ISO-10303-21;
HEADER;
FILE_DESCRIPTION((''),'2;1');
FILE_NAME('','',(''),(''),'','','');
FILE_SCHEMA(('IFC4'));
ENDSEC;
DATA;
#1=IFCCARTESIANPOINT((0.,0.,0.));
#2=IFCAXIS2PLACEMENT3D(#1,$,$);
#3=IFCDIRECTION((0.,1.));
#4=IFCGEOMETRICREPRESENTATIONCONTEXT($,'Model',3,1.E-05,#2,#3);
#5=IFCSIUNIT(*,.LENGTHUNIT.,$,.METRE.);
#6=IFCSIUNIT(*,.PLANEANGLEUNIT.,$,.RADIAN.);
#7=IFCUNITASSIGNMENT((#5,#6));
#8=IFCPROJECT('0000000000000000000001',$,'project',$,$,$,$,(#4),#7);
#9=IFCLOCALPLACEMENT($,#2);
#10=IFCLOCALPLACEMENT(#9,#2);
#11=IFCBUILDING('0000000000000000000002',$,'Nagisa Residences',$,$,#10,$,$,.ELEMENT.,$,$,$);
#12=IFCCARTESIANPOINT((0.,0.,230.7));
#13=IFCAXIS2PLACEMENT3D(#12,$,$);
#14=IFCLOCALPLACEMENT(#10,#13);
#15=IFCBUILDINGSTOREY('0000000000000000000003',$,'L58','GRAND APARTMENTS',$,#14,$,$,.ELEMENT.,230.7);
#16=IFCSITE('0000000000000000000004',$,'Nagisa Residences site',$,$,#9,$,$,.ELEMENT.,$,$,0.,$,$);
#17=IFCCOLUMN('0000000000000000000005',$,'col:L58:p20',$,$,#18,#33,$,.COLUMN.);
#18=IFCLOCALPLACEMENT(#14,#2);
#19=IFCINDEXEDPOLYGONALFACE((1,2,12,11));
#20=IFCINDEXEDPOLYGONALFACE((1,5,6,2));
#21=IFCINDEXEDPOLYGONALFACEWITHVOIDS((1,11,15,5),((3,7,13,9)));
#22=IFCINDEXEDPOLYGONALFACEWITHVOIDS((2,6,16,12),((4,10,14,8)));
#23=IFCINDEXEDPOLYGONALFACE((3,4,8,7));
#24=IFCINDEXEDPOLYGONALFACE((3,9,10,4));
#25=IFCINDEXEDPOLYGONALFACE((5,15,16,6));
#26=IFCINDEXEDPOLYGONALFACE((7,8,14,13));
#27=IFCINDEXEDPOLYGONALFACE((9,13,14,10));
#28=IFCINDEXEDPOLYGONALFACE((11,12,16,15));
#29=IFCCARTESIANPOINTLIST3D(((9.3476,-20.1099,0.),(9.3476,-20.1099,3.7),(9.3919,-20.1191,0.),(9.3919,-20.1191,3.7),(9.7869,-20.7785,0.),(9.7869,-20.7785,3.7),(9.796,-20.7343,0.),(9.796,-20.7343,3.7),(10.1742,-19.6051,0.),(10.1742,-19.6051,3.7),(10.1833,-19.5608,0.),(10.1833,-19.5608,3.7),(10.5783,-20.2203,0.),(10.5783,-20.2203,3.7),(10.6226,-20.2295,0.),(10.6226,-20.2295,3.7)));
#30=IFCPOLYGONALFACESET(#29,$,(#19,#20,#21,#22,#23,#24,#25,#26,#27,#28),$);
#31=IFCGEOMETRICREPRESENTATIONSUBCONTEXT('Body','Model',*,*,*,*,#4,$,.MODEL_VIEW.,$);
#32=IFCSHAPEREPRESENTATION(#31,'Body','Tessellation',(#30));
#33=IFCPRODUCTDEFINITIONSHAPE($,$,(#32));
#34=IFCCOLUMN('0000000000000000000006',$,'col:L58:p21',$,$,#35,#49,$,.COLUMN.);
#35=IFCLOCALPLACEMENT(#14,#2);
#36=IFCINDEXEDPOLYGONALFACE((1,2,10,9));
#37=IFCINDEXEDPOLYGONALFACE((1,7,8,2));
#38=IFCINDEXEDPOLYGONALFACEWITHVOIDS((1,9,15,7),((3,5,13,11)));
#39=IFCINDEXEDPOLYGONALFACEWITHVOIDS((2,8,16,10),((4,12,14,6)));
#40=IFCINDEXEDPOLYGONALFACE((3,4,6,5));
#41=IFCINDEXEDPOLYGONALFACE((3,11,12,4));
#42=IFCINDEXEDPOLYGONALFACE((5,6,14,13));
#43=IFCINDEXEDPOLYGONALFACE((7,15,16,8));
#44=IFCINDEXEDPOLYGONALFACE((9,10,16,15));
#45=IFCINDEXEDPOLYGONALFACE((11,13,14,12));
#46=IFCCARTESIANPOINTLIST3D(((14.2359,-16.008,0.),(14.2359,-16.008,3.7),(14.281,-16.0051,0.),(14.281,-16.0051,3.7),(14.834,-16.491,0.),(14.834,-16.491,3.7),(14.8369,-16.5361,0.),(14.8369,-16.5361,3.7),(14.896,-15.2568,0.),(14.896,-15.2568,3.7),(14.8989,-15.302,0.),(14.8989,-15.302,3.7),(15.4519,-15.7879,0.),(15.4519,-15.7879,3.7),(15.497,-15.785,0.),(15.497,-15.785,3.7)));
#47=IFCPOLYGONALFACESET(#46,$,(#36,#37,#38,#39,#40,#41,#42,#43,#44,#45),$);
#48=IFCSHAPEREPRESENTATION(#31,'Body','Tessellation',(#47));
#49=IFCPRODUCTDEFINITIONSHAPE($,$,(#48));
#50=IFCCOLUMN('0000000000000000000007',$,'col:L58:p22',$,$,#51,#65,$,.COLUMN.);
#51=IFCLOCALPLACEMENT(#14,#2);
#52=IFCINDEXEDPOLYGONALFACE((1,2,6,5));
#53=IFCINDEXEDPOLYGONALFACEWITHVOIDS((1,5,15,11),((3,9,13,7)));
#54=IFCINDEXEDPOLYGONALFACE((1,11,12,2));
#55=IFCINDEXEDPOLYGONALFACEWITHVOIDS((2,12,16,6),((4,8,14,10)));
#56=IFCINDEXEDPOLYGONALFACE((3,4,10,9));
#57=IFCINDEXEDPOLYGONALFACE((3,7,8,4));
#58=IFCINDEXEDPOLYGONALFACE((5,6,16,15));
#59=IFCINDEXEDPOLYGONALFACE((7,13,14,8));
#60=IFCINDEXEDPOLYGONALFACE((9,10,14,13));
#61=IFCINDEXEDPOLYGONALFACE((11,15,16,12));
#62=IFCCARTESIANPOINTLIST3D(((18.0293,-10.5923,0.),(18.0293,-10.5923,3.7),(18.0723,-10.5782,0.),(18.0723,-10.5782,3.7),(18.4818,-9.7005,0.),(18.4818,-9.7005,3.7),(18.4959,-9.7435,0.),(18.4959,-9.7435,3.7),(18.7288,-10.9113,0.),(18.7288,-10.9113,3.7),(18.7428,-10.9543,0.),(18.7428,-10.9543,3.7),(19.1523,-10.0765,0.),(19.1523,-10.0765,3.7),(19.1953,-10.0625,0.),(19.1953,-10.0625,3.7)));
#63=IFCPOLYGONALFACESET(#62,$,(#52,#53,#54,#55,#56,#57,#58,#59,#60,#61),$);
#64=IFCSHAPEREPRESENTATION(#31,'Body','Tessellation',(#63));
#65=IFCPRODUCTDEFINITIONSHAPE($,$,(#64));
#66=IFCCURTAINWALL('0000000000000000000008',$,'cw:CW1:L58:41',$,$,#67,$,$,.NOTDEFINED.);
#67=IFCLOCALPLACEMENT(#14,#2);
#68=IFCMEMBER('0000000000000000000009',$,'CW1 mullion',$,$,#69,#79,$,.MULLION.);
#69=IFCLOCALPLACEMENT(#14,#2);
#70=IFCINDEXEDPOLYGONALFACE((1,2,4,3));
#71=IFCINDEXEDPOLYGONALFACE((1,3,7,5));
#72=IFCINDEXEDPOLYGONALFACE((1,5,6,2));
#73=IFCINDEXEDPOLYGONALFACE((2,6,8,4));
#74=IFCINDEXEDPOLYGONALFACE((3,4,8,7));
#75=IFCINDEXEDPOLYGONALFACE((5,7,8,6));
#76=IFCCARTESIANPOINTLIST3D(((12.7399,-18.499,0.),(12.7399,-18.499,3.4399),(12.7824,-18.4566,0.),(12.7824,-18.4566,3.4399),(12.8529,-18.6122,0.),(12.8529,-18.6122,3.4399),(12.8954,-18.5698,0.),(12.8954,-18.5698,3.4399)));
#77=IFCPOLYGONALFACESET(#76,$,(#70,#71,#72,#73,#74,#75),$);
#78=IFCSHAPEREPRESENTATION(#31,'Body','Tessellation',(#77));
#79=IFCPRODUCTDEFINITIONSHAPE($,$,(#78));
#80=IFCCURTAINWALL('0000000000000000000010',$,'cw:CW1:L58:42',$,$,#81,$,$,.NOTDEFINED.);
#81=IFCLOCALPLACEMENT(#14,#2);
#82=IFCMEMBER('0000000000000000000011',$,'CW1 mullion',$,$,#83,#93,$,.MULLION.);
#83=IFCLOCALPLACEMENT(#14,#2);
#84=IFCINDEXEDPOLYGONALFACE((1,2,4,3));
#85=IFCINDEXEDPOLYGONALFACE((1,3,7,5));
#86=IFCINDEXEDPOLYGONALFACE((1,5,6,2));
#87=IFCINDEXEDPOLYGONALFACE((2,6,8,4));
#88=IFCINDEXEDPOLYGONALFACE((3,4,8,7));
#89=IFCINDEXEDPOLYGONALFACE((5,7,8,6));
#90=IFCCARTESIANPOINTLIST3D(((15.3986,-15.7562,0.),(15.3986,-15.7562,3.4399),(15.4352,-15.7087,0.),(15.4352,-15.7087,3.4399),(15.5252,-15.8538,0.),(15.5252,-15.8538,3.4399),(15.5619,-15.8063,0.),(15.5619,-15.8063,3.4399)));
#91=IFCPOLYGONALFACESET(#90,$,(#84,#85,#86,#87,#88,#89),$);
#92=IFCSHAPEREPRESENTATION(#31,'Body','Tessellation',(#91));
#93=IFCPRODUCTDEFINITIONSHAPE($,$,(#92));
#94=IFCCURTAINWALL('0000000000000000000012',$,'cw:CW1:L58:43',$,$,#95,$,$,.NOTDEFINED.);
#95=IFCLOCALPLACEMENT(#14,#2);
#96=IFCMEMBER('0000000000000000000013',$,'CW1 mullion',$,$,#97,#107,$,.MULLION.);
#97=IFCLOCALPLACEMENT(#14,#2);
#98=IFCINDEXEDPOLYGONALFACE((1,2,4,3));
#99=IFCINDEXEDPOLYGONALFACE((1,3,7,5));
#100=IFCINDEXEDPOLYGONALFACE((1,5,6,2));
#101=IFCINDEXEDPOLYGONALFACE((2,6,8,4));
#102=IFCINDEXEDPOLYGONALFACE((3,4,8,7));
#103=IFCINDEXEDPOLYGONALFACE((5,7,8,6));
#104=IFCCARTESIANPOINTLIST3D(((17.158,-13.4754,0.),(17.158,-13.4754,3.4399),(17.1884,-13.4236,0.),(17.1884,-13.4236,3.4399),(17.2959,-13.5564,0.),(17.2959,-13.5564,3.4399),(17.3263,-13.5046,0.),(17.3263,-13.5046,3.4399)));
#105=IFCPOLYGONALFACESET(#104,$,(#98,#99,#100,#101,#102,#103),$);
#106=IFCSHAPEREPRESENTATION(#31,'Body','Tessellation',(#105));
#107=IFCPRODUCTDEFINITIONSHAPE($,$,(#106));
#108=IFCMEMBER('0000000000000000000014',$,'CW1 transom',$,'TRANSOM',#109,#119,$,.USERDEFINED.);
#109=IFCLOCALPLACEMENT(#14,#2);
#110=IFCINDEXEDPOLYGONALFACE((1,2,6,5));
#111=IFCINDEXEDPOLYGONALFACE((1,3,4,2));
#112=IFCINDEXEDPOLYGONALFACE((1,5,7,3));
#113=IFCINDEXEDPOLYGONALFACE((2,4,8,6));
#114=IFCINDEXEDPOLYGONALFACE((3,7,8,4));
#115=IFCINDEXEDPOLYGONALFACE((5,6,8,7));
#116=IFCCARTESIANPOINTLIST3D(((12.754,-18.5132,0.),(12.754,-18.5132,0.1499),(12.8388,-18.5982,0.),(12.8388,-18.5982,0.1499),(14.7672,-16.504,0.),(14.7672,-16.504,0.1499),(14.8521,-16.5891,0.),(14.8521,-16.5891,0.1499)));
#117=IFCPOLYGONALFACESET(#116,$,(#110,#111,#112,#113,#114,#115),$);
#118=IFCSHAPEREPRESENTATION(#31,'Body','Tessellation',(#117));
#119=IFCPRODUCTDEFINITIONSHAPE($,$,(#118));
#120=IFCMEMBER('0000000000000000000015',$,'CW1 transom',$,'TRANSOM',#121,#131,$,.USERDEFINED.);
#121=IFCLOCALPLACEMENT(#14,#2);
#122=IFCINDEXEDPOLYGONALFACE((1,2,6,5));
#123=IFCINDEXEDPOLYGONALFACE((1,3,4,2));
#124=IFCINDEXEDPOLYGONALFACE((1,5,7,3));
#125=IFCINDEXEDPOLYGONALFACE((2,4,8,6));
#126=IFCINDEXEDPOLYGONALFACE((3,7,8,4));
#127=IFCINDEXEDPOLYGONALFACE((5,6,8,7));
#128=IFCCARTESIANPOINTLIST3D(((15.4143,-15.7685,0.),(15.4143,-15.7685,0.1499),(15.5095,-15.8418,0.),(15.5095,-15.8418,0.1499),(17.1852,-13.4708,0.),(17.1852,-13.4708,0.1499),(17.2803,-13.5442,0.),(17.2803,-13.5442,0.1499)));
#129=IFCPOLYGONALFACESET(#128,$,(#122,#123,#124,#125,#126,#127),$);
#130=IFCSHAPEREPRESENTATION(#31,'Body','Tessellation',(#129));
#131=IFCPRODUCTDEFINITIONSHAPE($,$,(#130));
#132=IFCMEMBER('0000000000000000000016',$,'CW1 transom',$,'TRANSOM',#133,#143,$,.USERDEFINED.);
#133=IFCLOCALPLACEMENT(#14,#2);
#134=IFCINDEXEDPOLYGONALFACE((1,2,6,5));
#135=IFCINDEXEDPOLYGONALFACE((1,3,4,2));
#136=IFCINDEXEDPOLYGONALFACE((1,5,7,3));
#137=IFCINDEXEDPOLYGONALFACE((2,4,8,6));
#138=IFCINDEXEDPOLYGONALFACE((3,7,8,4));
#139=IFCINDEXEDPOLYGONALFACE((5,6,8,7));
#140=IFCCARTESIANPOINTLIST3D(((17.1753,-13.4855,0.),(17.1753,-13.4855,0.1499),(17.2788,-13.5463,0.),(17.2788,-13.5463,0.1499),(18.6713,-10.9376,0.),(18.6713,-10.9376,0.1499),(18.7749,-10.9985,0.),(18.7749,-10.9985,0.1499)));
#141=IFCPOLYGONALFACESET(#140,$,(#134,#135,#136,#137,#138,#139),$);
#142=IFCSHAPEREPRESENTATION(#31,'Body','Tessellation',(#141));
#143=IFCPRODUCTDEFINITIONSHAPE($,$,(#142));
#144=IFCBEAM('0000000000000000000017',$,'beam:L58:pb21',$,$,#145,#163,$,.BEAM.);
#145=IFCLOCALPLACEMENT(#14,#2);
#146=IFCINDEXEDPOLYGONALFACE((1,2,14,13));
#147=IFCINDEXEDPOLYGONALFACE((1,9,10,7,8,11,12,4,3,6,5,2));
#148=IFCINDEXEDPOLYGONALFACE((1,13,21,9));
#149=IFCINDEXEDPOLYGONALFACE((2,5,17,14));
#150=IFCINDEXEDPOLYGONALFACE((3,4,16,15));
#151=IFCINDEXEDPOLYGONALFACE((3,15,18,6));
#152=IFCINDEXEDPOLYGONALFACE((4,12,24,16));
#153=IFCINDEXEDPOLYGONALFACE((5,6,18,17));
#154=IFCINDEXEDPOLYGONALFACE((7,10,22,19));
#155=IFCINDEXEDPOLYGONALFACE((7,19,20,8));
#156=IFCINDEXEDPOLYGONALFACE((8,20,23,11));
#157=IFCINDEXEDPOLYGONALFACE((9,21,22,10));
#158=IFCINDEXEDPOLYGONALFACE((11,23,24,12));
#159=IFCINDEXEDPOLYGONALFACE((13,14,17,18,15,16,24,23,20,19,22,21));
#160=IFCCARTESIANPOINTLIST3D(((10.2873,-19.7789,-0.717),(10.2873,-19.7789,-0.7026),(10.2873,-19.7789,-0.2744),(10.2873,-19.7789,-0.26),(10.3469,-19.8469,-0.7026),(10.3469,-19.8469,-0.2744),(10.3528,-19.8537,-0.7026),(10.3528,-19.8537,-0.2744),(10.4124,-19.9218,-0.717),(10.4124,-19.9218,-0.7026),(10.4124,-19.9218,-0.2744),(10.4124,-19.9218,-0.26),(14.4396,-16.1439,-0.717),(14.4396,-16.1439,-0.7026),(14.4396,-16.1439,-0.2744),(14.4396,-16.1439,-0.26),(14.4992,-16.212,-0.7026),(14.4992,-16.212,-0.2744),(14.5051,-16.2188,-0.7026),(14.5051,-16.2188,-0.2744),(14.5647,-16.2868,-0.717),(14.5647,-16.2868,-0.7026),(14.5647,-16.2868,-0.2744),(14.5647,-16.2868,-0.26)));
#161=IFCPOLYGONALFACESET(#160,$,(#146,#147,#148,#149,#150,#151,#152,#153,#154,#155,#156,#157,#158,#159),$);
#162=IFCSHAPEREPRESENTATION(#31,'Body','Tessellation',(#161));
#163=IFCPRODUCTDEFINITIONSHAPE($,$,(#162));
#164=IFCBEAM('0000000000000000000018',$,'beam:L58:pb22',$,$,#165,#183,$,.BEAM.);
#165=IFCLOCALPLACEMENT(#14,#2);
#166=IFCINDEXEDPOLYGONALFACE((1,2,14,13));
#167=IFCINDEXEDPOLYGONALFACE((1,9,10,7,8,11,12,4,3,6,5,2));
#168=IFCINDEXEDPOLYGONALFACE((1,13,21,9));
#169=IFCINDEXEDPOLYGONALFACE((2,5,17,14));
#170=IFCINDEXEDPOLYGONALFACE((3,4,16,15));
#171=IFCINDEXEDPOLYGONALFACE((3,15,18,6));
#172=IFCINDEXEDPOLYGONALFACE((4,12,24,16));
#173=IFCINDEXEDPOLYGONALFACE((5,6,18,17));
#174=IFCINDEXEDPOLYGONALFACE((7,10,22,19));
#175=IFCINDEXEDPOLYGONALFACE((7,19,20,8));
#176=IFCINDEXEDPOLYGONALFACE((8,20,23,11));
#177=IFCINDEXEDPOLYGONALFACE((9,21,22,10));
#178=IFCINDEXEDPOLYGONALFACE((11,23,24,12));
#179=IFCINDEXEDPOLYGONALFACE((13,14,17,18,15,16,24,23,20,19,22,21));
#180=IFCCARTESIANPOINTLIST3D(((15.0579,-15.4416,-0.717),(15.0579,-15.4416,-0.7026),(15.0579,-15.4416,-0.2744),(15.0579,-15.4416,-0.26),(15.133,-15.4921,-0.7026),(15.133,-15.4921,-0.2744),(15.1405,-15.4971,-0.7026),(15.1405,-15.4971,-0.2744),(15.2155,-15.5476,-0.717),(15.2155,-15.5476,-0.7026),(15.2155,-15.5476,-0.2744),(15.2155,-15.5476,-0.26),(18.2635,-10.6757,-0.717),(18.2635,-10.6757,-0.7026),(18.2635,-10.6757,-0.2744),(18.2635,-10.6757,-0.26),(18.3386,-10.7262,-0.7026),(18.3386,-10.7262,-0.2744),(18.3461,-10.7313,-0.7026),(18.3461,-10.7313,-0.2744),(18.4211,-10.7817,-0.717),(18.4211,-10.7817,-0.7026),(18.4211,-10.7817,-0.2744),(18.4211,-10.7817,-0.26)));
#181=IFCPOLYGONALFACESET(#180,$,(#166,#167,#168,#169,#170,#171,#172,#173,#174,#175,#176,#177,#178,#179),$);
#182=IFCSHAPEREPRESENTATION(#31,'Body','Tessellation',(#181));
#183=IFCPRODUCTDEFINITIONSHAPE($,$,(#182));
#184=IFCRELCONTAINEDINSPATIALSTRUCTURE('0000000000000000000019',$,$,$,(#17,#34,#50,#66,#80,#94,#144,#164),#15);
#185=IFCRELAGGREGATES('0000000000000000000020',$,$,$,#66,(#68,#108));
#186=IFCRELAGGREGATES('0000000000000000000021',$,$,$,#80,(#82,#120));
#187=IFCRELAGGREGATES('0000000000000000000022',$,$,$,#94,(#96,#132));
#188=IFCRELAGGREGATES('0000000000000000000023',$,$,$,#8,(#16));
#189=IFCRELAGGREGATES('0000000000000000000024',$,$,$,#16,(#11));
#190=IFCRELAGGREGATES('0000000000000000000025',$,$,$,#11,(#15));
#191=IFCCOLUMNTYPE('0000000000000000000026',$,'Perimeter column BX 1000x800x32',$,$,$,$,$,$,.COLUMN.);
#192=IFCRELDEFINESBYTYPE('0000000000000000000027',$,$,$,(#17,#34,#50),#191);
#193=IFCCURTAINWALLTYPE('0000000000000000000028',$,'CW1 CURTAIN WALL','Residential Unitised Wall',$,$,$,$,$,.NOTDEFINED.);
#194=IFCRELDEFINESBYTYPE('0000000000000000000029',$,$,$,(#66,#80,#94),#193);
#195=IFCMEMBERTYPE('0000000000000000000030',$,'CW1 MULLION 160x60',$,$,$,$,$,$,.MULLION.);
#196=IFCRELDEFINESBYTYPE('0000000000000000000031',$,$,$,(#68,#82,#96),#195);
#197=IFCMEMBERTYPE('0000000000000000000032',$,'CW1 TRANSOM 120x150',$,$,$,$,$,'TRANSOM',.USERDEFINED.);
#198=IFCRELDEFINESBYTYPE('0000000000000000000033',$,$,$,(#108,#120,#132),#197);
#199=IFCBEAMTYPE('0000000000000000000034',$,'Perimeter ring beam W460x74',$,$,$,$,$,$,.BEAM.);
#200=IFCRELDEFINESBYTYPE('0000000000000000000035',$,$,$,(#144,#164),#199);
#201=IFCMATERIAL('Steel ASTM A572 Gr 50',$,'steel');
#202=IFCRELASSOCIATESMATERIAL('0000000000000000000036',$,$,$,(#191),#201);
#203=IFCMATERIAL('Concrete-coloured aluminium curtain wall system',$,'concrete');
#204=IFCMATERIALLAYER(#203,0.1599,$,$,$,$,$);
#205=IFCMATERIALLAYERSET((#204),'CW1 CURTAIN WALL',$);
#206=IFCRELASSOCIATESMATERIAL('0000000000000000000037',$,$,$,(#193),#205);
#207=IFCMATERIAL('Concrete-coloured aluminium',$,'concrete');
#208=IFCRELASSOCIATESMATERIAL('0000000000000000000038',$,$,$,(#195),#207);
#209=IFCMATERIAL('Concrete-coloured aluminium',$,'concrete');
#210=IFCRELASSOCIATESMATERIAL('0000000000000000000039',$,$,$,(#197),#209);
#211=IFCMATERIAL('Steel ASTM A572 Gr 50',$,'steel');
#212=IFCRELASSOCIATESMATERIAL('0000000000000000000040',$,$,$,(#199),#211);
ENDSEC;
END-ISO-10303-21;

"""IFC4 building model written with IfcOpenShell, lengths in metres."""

from ifc_helpers import new_model, si_unit, direction, frame, origin, origin_2d, place, context, subcontext, project, spatial, rectangle, hollow_rectangle, i_section, extrude, material, layer, layer_set, material_profile, profile_set, type_object, element, aggregate, save


model = new_model("IFC4")

# Units and contexts
model_context = context("Model", 3, precision=1e-05, world=origin(), true_north=direction((0.0, 1.0)))
body_context = subcontext(model_context, "Body", "Model", "MODEL_VIEW")
ifc_project = project(units=[si_unit("LENGTHUNIT", "METRE"), si_unit("PLANEANGLEUNIT", "RADIAN")], contexts=[model_context])

# Site, building, storey
site_placement = place(None, origin())
site = spatial("IfcSite", under=ifc_project, at=site_placement, Name="Nagisa Residences site", CompositionType="ELEMENT", RefElevation=0.0)
building_placement = place(site_placement, origin())
building = spatial("IfcBuilding", under=site, at=building_placement, Name="Nagisa Residences", CompositionType="ELEMENT")
storey_placement = place(building_placement, frame((0.0, 0.0, 230.7)))
storey = spatial("IfcBuildingStorey", under=building, at=storey_placement, Name="L58", Description="GRAND APARTMENTS", CompositionType="ELEMENT", Elevation=230.7)

# Columns
ifc_material_1 = material(Name="Steel ASTM A572 Gr 50", Category="steel")
ifc_material_profile_1 = material_profile(ifc_material_1, hollow_rectangle(XDim=1.0, YDim=0.8, WallThickness=0.032, at=origin_2d()), Name="BX 1000x800x32")
ifc_profile_set_1 = profile_set([ifc_material_profile_1], Name="Steel ASTM A572 Gr 50")
column_type = type_object("IfcColumnType", Name="Perimeter column BX 1000x800x32", PredefinedType="COLUMN", material=ifc_profile_set_1)
for number, where, z_axis, x_axis, name in (
    (1, (9.9851, -20.1697, 0.0), (0.0, 0.0, 1.0), (0.835766, 0.549086, 0.0), "col:L58:p20"),
    (2, (14.8665, -15.8965, 0.0), (0.0, 0.0, 1.0), (0.660115, 0.751165, 0.0), "col:L58:p21"),
    (3, (18.6123, -10.3274, 0.0), (0.0, 0.0, 1.0), (0.452463, 0.891783, 0.0), "col:L58:p22"),
):
    element("IfcColumn", number, at=place(storey_placement, frame(where, z_axis=z_axis, x_axis=x_axis)), inside=storey, type_object=column_type, Name=name, PredefinedType="COLUMN", context=body_context, shape_type="SweptSolid", body=[
        extrude(hollow_rectangle(XDim=1.0, YDim=0.8, WallThickness=0.032, at=origin_2d()), origin(), (0.0, 0.0, 1.0), 3.7),
    ])

# Curtain walls, members
ifc_material_2 = material(Name="Concrete-coloured aluminium curtain wall system", Category="concrete")
ifc_layer_1 = layer(ifc_material_2, 0.1599)
ifc_layer_set_1 = layer_set([ifc_layer_1], Name="CW1 CURTAIN WALL")
curtain_wall_type = type_object("IfcCurtainWallType", Name="CW1 CURTAIN WALL", Description="Residential Unitised Wall", PredefinedType="NOTDEFINED", material=ifc_layer_set_1)
curtain_wall_1_placement = place(storey_placement, origin())
curtain_wall_1 = element("IfcCurtainWall", 4, at=curtain_wall_1_placement, inside=storey, type_object=curtain_wall_type, Name="cw:CW1:L58:41", PredefinedType="NOTDEFINED")
ifc_material_3 = material(Name="Concrete-coloured aluminium", Category="concrete")
ifc_material_profile_2 = material_profile(ifc_material_3, rectangle(XDim=0.1599, YDim=0.0601, at=origin_2d()), Name="CW1 MULLION 160x60")
ifc_profile_set_2 = profile_set([ifc_material_profile_2], Name="Concrete-coloured aluminium")
member_type_1 = type_object("IfcMemberType", Name="CW1 MULLION 160x60", PredefinedType="MULLION", material=ifc_profile_set_2)
member_1_placement = place(storey_placement, frame((12.8176, -18.5344, 0.0), z_axis=(0.0, 0.0, 1.0), x_axis=(-0.706377, 0.707836, 0.0)))
member_1 = element("IfcMember", 5, at=member_1_placement, type_object=member_type_1, Name="CW1 mullion", PredefinedType="MULLION", context=body_context, shape_type="SweptSolid", body=[
    extrude(rectangle(XDim=0.1599, YDim=0.0601, at=origin_2d()), origin(), (0.0, 0.0, 1.0), 3.4399),
])
curtain_wall_2_placement = place(storey_placement, origin())
curtain_wall_2 = element("IfcCurtainWall", 6, at=curtain_wall_2_placement, inside=storey, type_object=curtain_wall_type, Name="cw:CW1:L58:42", PredefinedType="NOTDEFINED")
member_2_placement = place(storey_placement, frame((15.4802, -15.7812, 0.0), z_axis=(0.0, 0.0, 1.0), x_axis=(-0.79207, 0.61043, 0.0)))
member_2 = element("IfcMember", 7, at=member_2_placement, type_object=member_type_1, Name="CW1 mullion", PredefinedType="MULLION", context=body_context, shape_type="SweptSolid", body=[
    extrude(rectangle(XDim=0.1599, YDim=0.0601, at=origin_2d()), origin(), (0.0, 0.0, 1.0), 3.4399),
])
curtain_wall_3_placement = place(storey_placement, origin())
curtain_wall_3 = element("IfcCurtainWall", 8, at=curtain_wall_3_placement, inside=storey, type_object=curtain_wall_type, Name="cw:CW1:L58:43", PredefinedType="NOTDEFINED")
member_3_placement = place(storey_placement, frame((17.2422, -13.49, 0.0), z_axis=(0.0, 0.0, 1.0), x_axis=(-0.862329, 0.506349, 0.0)))
member_3 = element("IfcMember", 9, at=member_3_placement, type_object=member_type_1, Name="CW1 mullion", PredefinedType="MULLION", context=body_context, shape_type="SweptSolid", body=[
    extrude(rectangle(XDim=0.1599, YDim=0.0601, at=origin_2d()), origin(), (0.0, 0.0, 1.0), 3.4399),
])

# Members
ifc_material_4 = material(Name="Concrete-coloured aluminium", Category="concrete")
ifc_material_profile_3 = material_profile(ifc_material_4, rectangle(XDim=0.1201, YDim=0.1499, at=origin_2d()), Name="CW1 TRANSOM 120x150")
ifc_profile_set_3 = profile_set([ifc_material_profile_3], Name="Concrete-coloured aluminium")
member_type_2 = type_object("IfcMemberType", Name="CW1 TRANSOM 120x150", ElementType="TRANSOM", PredefinedType="USERDEFINED", material=ifc_profile_set_3)
member_4_placement = place(storey_placement, frame((12.7964, -18.5557, 0.075), z_axis=(0.707836, 0.706377, 0.0), x_axis=(-0.706377, 0.707836, 0.0)))
member_4 = element("IfcMember", 10, at=member_4_placement, type_object=member_type_2, Name="CW1 transom", ObjectType="TRANSOM", PredefinedType="USERDEFINED", context=body_context, shape_type="SweptSolid", body=[
    extrude(rectangle(XDim=0.1201, YDim=0.1499, at=origin_2d()), origin(), (0.0, 0.0, 1.0), 2.8442),
])
member_5_placement = place(storey_placement, frame((15.4619, -15.8052, 0.075), z_axis=(0.610439, 0.792064, 0.0), x_axis=(-0.792064, 0.610439, 0.0)))
member_5 = element("IfcMember", 11, at=member_5_placement, type_object=member_type_2, Name="CW1 transom", ObjectType="TRANSOM", PredefinedType="USERDEFINED", context=body_context, shape_type="SweptSolid", body=[
    extrude(rectangle(XDim=0.1201, YDim=0.1499, at=origin_2d()), origin(), (0.0, 0.0, 1.0), 2.9009),
])
member_6_placement = place(storey_placement, frame((17.2271, -13.5159, 0.075), z_axis=(0.506356, 0.862325, 0.0), x_axis=(-0.862325, 0.506356, 0.0)))
member_6 = element("IfcMember", 12, at=member_6_placement, type_object=member_type_2, Name="CW1 transom", ObjectType="TRANSOM", PredefinedType="USERDEFINED", context=body_context, shape_type="SweptSolid", body=[
    extrude(rectangle(XDim=0.1201, YDim=0.1499, at=origin_2d()), origin(), (0.0, 0.0, 1.0), 2.9546),
])

# Beams
ifc_material_5 = material(Name="Steel ASTM A572 Gr 50", Category="steel")
ifc_material_profile_4 = material_profile(ifc_material_5, i_section(OverallWidth=0.1899, OverallDepth=0.457, WebThickness=0.009, FlangeThickness=0.0144, at=origin_2d()), Name="W460x74")
ifc_profile_set_4 = profile_set([ifc_material_profile_4], Name="Steel ASTM A572 Gr 50")
beam_type_1 = type_object("IfcBeamType", Name="Perimeter ring beam W460x74", PredefinedType="BEAM", material=ifc_profile_set_4)
beam_1_placement = place(storey_placement, frame((10.3499, -19.8503, -0.4885), z_axis=(0.752423, 0.65868, 0.0), x_axis=(-0.65868, 0.752423, 0.0)))
element("IfcBeam", 13, at=beam_1_placement, inside=storey, type_object=beam_type_1, Name="beam:L58:pb21", PredefinedType="BEAM", context=body_context, shape_type="SweptSolid", body=[
    extrude(i_section(OverallWidth=0.1899, OverallDepth=0.457, WebThickness=0.009, FlangeThickness=0.0144, at=origin_2d()), origin(), (0.0, 0.0, 1.0), 5.5186),
])
beam_2_placement = place(storey_placement, frame((15.1367, -15.4946, -0.4885), z_axis=(0.558109, 0.829768, 0.0), x_axis=(-0.829768, 0.558109, 0.0)))
element("IfcBeam", 14, at=beam_2_placement, inside=storey, type_object=beam_type_1, Name="beam:L58:pb22", PredefinedType="BEAM", context=body_context, shape_type="SweptSolid", body=[
    extrude(i_section(OverallWidth=0.1899, OverallDepth=0.457, WebThickness=0.009, FlangeThickness=0.0144, at=origin_2d()), origin(), (0.0, 0.0, 1.0), 5.7437),
])

aggregate(curtain_wall_1, [member_1, member_4])
aggregate(curtain_wall_2, [member_2, member_5])
aggregate(curtain_wall_3, [member_3, member_6])

save(model, "model.ifc")
